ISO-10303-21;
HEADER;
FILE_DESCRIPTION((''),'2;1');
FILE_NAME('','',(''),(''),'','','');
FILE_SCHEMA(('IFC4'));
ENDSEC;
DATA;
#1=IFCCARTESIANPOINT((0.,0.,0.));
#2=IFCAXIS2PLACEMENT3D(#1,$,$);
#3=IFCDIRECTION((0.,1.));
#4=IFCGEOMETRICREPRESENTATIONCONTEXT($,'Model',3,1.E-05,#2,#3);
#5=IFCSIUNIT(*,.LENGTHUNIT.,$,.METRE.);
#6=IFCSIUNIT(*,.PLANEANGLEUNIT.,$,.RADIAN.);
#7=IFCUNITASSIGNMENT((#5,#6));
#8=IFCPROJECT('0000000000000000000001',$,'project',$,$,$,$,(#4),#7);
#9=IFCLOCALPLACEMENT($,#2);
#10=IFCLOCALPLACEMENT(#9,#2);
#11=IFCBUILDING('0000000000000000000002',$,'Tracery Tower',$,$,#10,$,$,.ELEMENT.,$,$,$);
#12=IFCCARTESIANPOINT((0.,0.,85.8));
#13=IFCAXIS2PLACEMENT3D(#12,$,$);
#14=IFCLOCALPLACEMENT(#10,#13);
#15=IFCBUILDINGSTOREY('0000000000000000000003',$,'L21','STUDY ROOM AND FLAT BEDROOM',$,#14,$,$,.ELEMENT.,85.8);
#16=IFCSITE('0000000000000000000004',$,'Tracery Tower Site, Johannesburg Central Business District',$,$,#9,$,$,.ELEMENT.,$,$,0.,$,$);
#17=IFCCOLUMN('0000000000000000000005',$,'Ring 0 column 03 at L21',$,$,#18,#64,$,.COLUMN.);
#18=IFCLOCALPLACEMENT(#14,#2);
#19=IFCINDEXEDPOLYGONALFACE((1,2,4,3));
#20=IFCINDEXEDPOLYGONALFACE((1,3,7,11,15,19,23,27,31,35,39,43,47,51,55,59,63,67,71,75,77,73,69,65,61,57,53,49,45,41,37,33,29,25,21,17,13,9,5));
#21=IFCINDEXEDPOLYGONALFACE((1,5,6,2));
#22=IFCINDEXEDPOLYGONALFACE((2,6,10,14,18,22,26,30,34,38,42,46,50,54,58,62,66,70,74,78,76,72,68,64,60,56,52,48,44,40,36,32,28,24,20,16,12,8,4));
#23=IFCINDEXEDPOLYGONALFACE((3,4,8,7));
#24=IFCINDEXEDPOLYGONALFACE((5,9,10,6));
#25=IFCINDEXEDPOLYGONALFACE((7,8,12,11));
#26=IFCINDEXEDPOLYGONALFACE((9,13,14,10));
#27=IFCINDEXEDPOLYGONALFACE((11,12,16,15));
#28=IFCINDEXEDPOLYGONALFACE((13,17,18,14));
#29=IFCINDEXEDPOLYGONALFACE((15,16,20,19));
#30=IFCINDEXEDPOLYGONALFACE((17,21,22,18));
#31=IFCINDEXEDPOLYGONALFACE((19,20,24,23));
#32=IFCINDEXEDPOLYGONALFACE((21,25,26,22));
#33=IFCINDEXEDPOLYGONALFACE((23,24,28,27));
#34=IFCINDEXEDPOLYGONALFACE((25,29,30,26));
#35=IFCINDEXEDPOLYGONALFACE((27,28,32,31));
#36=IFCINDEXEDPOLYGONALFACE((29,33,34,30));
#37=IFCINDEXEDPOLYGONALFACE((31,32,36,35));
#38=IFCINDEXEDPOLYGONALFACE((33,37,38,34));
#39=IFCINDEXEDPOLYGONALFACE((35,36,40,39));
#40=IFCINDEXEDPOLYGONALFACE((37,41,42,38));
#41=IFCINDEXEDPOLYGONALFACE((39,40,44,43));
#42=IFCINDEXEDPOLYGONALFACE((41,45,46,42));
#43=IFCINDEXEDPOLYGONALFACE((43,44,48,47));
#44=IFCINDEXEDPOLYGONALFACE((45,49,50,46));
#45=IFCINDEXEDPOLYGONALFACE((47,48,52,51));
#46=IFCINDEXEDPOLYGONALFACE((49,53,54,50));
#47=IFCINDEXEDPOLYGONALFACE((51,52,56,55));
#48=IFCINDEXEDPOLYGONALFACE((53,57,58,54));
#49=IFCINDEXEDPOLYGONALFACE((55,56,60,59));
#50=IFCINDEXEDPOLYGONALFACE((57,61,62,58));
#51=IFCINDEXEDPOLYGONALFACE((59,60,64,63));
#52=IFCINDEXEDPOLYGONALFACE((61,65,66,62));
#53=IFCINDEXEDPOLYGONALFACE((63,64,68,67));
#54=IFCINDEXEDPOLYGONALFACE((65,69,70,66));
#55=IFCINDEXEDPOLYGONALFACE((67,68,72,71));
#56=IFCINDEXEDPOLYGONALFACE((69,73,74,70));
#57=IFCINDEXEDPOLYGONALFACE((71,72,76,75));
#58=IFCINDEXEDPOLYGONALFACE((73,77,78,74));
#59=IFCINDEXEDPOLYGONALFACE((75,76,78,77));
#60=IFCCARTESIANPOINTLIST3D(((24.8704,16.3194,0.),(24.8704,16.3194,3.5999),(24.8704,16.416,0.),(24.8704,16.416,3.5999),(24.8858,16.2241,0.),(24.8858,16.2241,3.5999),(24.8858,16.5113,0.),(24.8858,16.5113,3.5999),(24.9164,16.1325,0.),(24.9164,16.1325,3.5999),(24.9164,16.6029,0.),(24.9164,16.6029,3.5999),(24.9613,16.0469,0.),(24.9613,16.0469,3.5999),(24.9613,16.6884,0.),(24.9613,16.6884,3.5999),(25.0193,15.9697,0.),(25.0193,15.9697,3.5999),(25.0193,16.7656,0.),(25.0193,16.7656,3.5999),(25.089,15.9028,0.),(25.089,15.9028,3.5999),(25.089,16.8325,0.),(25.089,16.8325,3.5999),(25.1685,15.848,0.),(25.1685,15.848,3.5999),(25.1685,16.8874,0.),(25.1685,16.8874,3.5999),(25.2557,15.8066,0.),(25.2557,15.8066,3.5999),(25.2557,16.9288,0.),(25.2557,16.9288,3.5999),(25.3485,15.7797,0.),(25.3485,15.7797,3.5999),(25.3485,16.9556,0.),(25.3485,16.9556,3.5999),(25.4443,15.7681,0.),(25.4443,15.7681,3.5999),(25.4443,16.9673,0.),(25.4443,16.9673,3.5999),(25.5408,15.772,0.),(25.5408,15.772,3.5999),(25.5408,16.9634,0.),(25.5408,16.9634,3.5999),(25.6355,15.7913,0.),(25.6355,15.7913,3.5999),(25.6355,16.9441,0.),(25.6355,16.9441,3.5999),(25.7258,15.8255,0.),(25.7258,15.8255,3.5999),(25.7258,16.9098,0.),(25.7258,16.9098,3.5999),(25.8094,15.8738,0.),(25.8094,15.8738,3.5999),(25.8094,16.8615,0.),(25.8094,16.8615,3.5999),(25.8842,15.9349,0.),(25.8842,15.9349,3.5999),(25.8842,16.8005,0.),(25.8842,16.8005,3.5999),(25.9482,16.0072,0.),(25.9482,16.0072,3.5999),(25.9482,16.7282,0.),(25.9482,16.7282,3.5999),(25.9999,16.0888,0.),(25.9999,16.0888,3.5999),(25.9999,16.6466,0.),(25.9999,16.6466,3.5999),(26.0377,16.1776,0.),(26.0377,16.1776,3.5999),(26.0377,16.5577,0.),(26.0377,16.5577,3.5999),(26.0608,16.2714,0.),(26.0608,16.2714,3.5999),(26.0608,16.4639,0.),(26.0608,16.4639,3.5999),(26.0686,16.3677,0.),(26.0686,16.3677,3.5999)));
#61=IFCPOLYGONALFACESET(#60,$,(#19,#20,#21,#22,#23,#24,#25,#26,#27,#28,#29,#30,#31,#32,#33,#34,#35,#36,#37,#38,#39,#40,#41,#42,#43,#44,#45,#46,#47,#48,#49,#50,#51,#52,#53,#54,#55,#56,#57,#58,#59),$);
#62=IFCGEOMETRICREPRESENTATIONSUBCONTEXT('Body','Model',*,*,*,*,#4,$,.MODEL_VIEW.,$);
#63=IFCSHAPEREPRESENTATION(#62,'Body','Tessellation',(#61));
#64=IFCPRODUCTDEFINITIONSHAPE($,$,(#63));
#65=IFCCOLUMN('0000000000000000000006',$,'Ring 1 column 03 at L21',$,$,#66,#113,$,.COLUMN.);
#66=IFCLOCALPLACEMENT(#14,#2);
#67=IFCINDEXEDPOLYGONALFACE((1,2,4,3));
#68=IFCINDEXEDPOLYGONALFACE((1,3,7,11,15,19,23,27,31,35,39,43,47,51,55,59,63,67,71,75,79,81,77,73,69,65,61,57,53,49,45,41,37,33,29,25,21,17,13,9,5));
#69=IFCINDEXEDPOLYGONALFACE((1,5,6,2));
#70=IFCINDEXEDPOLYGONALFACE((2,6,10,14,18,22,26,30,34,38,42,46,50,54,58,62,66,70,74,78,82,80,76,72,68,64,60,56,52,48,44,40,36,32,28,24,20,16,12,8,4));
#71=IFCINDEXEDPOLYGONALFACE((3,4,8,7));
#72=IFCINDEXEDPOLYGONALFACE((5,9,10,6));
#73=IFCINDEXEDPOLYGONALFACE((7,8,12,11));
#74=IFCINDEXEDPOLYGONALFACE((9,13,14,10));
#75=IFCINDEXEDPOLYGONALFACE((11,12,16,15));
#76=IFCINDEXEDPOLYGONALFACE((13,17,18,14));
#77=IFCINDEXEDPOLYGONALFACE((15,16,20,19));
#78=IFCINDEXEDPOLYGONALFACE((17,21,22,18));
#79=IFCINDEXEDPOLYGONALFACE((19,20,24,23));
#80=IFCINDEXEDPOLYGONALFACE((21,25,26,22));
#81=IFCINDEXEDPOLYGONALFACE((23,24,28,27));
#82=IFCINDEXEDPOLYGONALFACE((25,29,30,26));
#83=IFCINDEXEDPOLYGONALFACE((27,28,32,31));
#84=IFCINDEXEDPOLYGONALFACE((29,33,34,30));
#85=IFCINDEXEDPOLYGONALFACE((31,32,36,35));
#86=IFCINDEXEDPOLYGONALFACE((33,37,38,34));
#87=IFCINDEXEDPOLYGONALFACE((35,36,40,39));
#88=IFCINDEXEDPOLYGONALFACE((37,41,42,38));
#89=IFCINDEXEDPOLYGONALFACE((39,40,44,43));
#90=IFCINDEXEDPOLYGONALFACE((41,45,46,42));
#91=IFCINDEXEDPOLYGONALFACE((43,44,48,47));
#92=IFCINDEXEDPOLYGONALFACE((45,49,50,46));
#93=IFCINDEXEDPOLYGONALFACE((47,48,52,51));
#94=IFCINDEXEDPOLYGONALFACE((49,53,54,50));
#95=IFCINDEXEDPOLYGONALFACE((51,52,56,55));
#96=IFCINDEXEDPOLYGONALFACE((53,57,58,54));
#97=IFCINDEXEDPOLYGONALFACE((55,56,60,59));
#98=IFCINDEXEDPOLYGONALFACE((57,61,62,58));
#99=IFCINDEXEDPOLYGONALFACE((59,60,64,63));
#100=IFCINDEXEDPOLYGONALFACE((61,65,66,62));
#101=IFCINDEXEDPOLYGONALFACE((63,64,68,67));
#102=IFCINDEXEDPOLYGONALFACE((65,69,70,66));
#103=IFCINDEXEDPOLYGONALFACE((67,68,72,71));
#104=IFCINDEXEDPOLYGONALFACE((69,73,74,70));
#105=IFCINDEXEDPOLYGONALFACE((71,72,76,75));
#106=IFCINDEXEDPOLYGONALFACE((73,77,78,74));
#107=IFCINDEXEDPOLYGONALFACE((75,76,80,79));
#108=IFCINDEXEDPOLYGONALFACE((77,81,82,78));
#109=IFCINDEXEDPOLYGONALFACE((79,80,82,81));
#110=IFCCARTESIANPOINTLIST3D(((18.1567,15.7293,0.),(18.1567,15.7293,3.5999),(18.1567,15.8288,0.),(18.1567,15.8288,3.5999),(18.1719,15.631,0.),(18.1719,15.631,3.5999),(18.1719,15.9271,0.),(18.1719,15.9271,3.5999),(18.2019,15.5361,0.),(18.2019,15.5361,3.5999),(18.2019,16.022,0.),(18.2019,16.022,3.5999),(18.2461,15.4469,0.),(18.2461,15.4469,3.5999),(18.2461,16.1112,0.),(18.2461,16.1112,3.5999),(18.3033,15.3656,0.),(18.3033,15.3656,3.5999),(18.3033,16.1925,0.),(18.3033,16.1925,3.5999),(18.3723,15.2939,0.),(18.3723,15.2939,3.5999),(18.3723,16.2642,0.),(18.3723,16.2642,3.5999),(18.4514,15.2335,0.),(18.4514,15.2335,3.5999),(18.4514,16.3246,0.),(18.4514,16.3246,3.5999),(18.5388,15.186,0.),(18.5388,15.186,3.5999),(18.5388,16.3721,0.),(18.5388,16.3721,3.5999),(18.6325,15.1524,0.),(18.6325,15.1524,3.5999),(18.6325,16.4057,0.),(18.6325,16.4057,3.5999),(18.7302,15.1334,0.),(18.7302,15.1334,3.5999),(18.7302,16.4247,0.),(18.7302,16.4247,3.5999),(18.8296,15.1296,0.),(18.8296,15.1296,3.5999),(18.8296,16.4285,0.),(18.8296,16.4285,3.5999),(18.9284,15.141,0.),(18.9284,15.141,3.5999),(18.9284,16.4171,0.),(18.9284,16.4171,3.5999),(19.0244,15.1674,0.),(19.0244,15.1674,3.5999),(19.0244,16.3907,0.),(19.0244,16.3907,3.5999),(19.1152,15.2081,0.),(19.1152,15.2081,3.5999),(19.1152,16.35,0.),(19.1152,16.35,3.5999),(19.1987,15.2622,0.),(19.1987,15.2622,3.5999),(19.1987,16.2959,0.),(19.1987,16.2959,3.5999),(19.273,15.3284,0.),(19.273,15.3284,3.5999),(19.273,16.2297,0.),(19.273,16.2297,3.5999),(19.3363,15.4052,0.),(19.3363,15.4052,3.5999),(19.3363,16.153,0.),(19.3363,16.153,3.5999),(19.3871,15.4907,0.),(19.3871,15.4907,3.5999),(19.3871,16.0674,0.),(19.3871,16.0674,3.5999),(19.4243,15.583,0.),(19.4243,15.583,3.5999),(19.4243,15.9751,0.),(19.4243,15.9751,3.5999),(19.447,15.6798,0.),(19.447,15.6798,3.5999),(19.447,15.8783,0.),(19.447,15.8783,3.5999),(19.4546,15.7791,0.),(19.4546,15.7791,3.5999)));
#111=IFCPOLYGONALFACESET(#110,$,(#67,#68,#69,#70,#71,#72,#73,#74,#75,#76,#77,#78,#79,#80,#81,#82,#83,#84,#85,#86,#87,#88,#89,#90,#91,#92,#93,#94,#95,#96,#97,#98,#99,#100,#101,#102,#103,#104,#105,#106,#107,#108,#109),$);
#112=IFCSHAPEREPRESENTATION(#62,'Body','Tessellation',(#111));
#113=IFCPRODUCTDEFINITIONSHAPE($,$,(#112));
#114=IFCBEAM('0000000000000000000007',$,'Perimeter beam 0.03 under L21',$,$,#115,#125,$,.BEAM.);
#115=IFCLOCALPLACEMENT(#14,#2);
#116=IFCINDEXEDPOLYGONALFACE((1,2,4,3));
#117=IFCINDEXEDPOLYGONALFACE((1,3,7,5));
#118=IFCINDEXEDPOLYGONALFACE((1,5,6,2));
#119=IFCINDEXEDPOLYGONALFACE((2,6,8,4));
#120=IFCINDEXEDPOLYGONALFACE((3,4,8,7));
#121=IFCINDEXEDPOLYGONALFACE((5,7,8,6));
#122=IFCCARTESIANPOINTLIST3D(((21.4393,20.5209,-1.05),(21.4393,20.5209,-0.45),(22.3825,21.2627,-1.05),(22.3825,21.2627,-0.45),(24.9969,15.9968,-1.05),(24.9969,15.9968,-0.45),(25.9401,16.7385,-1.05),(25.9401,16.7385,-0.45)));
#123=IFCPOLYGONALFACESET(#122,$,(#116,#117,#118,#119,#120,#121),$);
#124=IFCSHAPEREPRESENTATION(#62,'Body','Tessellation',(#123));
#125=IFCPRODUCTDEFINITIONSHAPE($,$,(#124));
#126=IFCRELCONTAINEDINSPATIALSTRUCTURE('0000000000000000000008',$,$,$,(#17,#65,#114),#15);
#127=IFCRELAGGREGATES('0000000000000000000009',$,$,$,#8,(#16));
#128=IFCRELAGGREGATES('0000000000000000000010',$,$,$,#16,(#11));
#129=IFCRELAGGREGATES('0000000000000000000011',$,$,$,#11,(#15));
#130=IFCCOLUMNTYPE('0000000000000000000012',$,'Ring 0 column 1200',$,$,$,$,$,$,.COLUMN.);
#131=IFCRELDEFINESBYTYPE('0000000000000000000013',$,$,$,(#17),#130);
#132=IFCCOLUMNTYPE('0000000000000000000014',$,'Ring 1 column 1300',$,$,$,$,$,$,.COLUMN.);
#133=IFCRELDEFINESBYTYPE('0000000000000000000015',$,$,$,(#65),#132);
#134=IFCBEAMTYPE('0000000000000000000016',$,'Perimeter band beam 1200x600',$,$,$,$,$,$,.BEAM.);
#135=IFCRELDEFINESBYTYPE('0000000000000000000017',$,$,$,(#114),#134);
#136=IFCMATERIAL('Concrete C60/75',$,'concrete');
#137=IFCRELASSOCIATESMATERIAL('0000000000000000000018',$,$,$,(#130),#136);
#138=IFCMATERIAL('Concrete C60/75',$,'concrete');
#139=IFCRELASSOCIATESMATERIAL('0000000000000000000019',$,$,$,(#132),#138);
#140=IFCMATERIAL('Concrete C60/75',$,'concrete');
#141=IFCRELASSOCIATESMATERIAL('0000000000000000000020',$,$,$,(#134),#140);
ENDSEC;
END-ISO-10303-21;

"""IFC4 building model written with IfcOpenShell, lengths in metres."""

from ifc_helpers import new_model, si_unit, direction, frame, origin, origin_2d, place, context, subcontext, project, spatial, rectangle, circle, extrude, material, material_profile, profile_set, type_object, element, save


model = new_model("IFC4")

# Units and contexts
model_context = context("Model", 3, precision=1e-05, world=origin(), true_north=direction((0.0, 1.0)))
body_context = subcontext(model_context, "Body", "Model", "MODEL_VIEW")
ifc_project = project(units=[si_unit("LENGTHUNIT", "METRE"), si_unit("PLANEANGLEUNIT", "RADIAN")], contexts=[model_context])

# Site, building, storey
site_placement = place(None, origin())
site = spatial("IfcSite", under=ifc_project, at=site_placement, Name="Tracery Tower Site, Johannesburg Central Business District", CompositionType="ELEMENT", RefElevation=0.0)
building_placement = place(site_placement, origin())
building = spatial("IfcBuilding", under=site, at=building_placement, Name="Tracery Tower", CompositionType="ELEMENT")
storey_placement = place(building_placement, frame((0.0, 0.0, 85.8)))
storey = spatial("IfcBuildingStorey", under=building, at=storey_placement, Name="L21", Description="STUDY ROOM AND FLAT BEDROOM", CompositionType="ELEMENT", Elevation=85.8)

# Columns
ifc_material_1 = material(Name="Concrete C60/75", Category="concrete")
ifc_material_profile_1 = material_profile(ifc_material_1, circle(Radius=0.6001, at=origin_2d()), Name="RC D1200")
ifc_profile_set_1 = profile_set([ifc_material_profile_1], Name="Concrete C60/75")
column_type_1 = type_object("IfcColumnType", Name="Ring 0 column 1200", PredefinedType="COLUMN", material=ifc_profile_set_1)
column_1_placement = place(storey_placement, frame((25.4685, 16.3677, 0.0), z_axis=(0.0, 0.0, 1.0), x_axis=(1.0, 0.0, 0.0)))
element("IfcColumn", 1, at=column_1_placement, inside=storey, type_object=column_type_1, Name="Ring 0 column 03 at L21", PredefinedType="COLUMN", context=body_context, shape_type="SweptSolid", body=[
    extrude(circle(Radius=0.6001, at=origin_2d()), origin(), (0.0, 0.0, 1.0), 3.5999),
])
ifc_material_2 = material(Name="Concrete C60/75", Category="concrete")
ifc_material_profile_2 = material_profile(ifc_material_2, circle(Radius=0.6499, at=origin_2d()), Name="RC D1300")
ifc_profile_set_2 = profile_set([ifc_material_profile_2], Name="Concrete C60/75")
column_type_2 = type_object("IfcColumnType", Name="Ring 1 column 1300", PredefinedType="COLUMN", material=ifc_profile_set_2)
column_2_placement = place(storey_placement, frame((18.8047, 15.7791, 0.0), z_axis=(0.0, 0.0, 1.0), x_axis=(1.0, 0.0, 0.0)))
element("IfcColumn", 2, at=column_2_placement, inside=storey, type_object=column_type_2, Name="Ring 1 column 03 at L21", PredefinedType="COLUMN", context=body_context, shape_type="SweptSolid", body=[
    extrude(circle(Radius=0.6499, at=origin_2d()), origin(), (0.0, 0.0, 1.0), 3.5999),
])

# Beam
ifc_material_3 = material(Name="Concrete C60/75", Category="concrete")
ifc_material_profile_3 = material_profile(ifc_material_3, rectangle(XDim=1.2, YDim=0.6001, at=origin_2d()), Name="RC 1200x600")
ifc_profile_set_3 = profile_set([ifc_material_profile_3], Name="Concrete C60/75")
beam_type = type_object("IfcBeamType", Name="Perimeter band beam 1200x600", PredefinedType="BEAM", material=ifc_profile_set_3)
beam_placement = place(storey_placement, frame((25.4685, 16.3677, -0.75), z_axis=(-0.618134, 0.786072, 0.0), x_axis=(-0.786072, -0.618134, 0.0)))
element("IfcBeam", 3, at=beam_placement, inside=storey, type_object=beam_type, Name="Perimeter beam 0.03 under L21", PredefinedType="BEAM", context=body_context, shape_type="SweptSolid", body=[
    extrude(rectangle(XDim=1.2, YDim=0.6001, at=origin_2d()), origin(), (0.0, 0.0, 1.0), 5.7554),
])

save(model, "model.ifc")
